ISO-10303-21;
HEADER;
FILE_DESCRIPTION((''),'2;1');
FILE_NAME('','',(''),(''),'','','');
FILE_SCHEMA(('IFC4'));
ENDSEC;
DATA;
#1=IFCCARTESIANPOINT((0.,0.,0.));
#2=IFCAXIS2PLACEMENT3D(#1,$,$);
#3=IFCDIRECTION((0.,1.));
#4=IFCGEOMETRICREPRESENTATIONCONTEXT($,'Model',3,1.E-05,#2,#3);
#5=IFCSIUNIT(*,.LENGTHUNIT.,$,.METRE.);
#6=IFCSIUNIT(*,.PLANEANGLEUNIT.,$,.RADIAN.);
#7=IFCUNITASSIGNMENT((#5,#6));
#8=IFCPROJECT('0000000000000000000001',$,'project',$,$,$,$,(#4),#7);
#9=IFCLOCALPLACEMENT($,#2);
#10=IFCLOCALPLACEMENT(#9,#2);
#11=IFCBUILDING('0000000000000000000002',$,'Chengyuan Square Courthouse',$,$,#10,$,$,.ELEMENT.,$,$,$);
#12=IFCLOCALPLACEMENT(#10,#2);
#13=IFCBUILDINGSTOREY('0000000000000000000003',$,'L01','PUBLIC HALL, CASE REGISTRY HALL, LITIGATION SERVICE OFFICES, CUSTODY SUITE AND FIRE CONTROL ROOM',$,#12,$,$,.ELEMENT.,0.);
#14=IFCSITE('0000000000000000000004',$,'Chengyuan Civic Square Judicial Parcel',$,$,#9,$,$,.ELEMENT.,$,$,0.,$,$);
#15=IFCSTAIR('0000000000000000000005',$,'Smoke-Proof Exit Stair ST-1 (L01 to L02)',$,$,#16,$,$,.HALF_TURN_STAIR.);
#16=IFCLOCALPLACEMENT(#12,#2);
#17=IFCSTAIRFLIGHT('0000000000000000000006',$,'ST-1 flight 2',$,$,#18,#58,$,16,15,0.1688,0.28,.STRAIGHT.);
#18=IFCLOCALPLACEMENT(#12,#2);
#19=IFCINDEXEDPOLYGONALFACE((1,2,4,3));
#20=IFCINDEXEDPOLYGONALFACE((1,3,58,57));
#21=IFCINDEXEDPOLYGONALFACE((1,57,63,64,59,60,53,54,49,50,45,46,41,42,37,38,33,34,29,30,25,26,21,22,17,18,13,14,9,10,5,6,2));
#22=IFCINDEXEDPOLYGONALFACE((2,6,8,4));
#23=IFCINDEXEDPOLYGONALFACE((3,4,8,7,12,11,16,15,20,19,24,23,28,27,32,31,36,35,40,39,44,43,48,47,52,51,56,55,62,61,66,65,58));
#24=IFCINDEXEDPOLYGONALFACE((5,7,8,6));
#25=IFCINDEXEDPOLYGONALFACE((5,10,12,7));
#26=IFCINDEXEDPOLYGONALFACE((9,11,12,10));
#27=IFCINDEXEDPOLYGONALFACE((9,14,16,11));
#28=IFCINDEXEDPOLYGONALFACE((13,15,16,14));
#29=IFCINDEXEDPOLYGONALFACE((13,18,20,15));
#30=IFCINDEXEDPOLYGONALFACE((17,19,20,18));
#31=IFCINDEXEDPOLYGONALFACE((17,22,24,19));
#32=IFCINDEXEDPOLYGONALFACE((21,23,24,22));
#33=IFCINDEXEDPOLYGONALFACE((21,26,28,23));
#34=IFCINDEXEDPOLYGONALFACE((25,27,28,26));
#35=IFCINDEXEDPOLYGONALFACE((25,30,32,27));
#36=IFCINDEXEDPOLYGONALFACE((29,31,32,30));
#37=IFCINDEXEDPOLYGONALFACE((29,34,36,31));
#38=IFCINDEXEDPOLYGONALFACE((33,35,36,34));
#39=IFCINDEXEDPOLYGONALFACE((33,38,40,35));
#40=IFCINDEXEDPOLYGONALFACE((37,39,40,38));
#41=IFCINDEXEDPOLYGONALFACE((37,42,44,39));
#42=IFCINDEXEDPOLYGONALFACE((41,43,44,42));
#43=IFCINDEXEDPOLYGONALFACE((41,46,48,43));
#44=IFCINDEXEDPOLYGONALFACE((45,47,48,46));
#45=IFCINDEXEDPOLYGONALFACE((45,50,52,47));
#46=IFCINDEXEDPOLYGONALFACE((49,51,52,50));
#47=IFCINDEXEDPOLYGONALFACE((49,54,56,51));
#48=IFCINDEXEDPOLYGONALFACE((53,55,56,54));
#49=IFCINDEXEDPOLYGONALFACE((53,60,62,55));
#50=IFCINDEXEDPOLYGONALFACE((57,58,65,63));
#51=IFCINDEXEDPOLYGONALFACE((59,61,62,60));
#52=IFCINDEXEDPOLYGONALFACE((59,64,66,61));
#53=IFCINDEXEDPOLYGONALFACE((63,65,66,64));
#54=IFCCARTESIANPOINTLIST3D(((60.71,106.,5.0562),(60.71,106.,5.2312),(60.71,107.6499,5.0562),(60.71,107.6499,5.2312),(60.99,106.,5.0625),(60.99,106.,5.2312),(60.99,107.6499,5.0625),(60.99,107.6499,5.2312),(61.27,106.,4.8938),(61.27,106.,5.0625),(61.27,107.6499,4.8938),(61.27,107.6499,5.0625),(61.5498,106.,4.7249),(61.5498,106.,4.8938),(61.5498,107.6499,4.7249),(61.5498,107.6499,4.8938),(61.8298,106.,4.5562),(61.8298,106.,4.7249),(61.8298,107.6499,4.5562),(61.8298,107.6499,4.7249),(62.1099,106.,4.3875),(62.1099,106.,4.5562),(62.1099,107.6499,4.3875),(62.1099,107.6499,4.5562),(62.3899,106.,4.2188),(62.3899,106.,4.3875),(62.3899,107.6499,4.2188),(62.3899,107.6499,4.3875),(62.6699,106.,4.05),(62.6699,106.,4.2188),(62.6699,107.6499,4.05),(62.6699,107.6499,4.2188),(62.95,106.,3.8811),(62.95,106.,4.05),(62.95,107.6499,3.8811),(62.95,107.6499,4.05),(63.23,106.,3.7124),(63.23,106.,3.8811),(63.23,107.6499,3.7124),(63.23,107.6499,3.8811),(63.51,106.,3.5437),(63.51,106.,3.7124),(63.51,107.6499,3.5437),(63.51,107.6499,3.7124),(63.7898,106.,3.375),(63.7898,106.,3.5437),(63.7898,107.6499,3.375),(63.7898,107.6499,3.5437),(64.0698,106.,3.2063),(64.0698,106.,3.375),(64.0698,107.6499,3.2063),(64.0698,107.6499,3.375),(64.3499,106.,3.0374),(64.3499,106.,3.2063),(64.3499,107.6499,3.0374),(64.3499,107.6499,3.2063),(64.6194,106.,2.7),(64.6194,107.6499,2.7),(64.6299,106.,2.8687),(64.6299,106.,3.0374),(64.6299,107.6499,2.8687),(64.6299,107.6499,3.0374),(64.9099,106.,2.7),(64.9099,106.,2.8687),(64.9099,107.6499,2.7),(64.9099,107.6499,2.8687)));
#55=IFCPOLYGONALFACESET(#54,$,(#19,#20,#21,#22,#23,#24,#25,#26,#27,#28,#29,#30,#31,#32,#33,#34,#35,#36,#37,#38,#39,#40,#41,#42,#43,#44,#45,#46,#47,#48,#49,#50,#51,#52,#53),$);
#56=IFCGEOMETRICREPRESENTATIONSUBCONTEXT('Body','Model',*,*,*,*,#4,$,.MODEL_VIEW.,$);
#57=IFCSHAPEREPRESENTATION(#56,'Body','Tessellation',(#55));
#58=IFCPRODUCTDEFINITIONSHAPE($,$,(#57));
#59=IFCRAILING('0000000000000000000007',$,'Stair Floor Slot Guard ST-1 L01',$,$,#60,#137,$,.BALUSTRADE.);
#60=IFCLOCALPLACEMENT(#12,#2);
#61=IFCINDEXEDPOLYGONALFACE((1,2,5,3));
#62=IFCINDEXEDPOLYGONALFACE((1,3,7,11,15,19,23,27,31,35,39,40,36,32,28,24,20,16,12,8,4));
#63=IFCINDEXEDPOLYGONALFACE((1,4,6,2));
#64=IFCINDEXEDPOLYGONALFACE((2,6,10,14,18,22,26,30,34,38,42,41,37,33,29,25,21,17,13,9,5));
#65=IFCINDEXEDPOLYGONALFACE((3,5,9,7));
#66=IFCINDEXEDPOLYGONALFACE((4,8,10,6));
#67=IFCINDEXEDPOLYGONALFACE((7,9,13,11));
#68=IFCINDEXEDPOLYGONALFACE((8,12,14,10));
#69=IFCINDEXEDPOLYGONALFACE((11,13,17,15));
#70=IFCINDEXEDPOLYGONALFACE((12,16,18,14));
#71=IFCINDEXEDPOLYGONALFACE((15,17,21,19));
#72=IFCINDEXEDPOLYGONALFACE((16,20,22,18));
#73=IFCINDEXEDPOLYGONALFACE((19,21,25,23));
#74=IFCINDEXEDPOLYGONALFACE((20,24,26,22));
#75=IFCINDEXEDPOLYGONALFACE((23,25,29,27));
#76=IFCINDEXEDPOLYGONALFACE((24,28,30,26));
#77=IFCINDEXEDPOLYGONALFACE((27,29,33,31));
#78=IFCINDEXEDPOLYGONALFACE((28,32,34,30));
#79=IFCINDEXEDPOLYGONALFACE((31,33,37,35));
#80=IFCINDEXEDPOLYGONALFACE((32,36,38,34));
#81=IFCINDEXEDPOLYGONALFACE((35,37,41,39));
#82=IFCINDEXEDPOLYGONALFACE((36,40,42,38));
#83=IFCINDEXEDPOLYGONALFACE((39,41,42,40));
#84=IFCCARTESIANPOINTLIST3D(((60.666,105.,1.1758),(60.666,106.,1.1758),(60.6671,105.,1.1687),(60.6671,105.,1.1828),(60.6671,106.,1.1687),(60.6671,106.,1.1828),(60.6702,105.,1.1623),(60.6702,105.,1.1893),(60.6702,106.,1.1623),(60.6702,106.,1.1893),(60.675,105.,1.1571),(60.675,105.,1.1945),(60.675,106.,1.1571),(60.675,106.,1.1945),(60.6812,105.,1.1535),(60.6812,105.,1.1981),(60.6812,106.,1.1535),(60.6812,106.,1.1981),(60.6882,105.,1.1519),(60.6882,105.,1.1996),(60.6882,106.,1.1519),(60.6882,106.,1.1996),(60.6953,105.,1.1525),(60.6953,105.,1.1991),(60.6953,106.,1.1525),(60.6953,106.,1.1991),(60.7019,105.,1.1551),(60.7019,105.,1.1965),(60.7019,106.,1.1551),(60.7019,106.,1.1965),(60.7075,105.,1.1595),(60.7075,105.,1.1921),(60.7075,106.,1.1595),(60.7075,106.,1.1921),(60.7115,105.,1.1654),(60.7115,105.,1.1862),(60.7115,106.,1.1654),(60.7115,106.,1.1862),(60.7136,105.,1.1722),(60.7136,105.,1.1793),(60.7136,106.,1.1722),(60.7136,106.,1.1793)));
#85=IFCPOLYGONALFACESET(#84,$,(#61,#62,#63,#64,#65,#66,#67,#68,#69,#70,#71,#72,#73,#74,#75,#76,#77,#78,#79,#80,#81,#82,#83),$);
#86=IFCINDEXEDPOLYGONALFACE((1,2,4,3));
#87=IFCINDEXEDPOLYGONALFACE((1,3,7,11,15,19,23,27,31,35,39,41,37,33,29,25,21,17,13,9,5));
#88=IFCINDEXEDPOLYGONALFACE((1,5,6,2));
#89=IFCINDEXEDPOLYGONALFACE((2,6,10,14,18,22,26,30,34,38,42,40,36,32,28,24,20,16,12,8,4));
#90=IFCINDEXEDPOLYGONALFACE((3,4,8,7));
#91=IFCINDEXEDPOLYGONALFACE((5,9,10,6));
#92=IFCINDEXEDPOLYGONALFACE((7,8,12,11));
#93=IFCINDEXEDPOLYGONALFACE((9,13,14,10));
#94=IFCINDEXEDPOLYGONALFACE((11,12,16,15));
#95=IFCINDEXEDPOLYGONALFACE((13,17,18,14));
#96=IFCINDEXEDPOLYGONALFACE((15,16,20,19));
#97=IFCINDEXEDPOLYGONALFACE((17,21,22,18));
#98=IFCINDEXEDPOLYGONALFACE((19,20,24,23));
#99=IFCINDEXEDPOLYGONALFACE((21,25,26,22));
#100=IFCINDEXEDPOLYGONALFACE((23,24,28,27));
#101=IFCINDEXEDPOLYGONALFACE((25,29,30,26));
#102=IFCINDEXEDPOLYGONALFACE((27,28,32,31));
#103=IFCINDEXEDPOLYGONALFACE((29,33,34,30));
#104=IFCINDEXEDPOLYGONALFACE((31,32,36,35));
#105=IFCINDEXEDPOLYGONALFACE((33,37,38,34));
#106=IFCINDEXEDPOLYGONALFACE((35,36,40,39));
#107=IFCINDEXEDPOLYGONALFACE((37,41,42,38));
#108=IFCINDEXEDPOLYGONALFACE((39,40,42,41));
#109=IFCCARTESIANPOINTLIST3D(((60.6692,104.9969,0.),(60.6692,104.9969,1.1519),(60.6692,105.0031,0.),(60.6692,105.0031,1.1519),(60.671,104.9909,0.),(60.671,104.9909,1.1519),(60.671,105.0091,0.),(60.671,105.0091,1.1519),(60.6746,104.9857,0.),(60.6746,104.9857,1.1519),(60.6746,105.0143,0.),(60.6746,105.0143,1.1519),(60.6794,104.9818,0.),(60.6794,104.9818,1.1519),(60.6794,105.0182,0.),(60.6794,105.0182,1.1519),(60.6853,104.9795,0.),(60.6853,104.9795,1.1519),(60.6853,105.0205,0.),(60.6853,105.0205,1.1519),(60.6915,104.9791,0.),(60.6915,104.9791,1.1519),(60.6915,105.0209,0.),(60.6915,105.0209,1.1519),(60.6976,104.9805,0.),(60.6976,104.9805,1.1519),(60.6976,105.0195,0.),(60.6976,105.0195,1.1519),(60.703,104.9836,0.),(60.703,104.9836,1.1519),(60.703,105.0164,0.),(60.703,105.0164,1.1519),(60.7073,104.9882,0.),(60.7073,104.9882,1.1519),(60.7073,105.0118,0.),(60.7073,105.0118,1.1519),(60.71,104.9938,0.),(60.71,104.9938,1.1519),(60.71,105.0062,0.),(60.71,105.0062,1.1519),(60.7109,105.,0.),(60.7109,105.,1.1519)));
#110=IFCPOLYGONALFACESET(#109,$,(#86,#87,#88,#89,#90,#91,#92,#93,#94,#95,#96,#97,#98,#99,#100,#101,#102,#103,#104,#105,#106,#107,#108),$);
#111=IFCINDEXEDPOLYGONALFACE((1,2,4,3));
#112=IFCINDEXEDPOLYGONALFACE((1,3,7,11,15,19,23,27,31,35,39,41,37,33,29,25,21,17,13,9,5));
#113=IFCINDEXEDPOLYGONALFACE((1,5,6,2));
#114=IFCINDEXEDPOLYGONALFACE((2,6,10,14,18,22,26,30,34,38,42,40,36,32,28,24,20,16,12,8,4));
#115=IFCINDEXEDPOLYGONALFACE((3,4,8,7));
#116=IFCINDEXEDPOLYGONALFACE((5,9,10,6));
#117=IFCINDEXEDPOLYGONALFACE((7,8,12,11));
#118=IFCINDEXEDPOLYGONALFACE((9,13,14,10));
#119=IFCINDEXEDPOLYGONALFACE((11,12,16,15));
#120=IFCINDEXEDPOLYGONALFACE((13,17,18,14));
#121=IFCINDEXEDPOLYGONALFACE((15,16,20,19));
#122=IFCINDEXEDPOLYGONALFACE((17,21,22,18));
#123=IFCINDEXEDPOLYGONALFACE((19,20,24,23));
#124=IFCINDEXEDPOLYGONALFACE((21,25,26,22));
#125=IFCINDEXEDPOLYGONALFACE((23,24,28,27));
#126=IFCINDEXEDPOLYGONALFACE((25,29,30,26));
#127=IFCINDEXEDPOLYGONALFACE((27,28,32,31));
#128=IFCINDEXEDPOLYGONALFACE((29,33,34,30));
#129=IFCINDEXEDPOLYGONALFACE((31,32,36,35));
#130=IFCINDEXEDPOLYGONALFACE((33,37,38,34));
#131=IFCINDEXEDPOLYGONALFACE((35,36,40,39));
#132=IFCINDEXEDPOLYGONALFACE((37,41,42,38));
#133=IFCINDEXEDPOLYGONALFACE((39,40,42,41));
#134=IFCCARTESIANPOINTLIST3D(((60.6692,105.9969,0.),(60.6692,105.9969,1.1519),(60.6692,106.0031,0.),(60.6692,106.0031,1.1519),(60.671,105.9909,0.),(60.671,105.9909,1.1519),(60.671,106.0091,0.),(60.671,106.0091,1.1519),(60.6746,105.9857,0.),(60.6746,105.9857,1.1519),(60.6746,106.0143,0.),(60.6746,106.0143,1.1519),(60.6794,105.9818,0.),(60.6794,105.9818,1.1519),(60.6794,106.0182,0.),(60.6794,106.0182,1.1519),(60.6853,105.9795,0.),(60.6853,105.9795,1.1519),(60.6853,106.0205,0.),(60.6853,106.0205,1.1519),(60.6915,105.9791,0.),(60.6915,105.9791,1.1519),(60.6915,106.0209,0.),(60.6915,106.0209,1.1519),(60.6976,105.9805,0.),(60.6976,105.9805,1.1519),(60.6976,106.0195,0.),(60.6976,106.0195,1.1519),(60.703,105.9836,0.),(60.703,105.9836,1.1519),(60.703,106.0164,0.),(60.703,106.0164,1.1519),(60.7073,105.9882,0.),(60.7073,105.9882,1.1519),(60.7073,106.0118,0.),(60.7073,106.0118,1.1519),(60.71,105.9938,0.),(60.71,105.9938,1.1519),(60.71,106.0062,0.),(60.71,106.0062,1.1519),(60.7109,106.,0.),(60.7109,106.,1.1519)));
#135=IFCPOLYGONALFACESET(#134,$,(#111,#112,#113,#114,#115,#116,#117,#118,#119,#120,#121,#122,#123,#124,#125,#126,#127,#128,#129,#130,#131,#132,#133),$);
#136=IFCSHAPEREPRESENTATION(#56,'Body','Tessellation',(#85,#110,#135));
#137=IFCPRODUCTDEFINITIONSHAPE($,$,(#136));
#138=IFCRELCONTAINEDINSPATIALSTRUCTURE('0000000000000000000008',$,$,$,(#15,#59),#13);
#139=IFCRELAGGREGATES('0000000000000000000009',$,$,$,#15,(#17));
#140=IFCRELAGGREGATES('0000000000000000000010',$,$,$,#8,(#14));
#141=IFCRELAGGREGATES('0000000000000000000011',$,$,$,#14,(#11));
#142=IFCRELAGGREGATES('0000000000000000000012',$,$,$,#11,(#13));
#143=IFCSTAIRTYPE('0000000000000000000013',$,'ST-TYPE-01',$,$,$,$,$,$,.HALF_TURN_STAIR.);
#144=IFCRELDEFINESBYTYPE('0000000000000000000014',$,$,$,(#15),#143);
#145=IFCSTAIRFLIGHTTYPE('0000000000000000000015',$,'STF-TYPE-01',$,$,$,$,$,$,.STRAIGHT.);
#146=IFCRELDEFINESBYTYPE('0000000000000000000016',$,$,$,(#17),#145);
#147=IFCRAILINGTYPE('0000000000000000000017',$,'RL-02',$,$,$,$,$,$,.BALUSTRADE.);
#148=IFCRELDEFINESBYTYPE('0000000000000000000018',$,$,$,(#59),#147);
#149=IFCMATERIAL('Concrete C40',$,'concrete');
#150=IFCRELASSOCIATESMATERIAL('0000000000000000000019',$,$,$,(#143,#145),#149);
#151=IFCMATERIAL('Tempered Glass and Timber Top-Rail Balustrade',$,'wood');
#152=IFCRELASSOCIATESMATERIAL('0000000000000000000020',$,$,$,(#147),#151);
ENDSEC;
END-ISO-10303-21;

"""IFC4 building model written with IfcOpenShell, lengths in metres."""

from ifc_helpers import new_model, si_unit, direction, frame, origin, origin_2d, place, context, subcontext, project, spatial, polyline, circle, outline, extrude, material, type_object, element, aggregate, save


model = new_model("IFC4")

# Units and contexts
model_context = context("Model", 3, precision=1e-05, world=origin(), true_north=direction((0.0, 1.0)))
body_context = subcontext(model_context, "Body", "Model", "MODEL_VIEW")
ifc_project = project(units=[si_unit("LENGTHUNIT", "METRE"), si_unit("PLANEANGLEUNIT", "RADIAN")], contexts=[model_context])

# Site, building, storey
site_placement = place(None, origin())
site = spatial("IfcSite", under=ifc_project, at=site_placement, Name="Chengyuan Civic Square Judicial Parcel", CompositionType="ELEMENT", RefElevation=0.0)
building_placement = place(site_placement, origin())
building = spatial("IfcBuilding", under=site, at=building_placement, Name="Chengyuan Square Courthouse", CompositionType="ELEMENT")
storey_placement = place(building_placement, origin())
storey = spatial("IfcBuildingStorey", under=building, at=storey_placement, Name="L01", Description="PUBLIC HALL, CASE REGISTRY HALL, LITIGATION SERVICE OFFICES, CUSTODY SUITE AND FIRE CONTROL ROOM", CompositionType="ELEMENT", Elevation=0.0)

# Shared definitions
ifc_material_1 = material(Name="Concrete C40", Category="concrete")

# Stair, stair flight
stair_type = type_object("IfcStairType", Name="ST-TYPE-01", PredefinedType="HALF_TURN_STAIR", material=ifc_material_1)
stair_placement = place(storey_placement, origin())
stair = element("IfcStair", 1, at=stair_placement, inside=storey, type_object=stair_type, Name="Smoke-Proof Exit Stair ST-1 (L01 to L02)", PredefinedType="HALF_TURN_STAIR")
stair_flight_type = type_object("IfcStairFlightType", Name="STF-TYPE-01", PredefinedType="STRAIGHT", material=ifc_material_1)
stair_flight_placement = place(storey_placement, frame((64.9099, 106.825, 2.7), z_axis=(0.0, 0.0, 1.0), x_axis=(-1.0, 0.0, 0.0)))
stair_flight = element("IfcStairFlight", 2, at=stair_flight_placement, type_object=stair_flight_type, Name="ST-1 flight 2", NumberOfRisers=16, NumberOfTreads=15, PredefinedType="STRAIGHT", RiserHeight=0.1688, TreadLength=0.28, context=body_context, shape_type="SweptSolid", body=[
    extrude(outline(polyline([(0.0, 0.0), (0.0, 0.1687), (0.28, 0.1687), (0.28, 0.3374), (0.5601, 0.3374), (0.5601, 0.5063), (0.8401, 0.5063), (0.8401, 0.675), (1.1201, 0.675), (1.1201, 0.8438), (1.3999, 0.8438), (1.3999, 1.0125), (1.6799, 1.0125), (1.6799, 1.1812), (1.96, 1.1812), (1.96, 1.3501), (2.24, 1.3501), (2.24, 1.5188), (2.52, 1.5188), (2.52, 1.6875), (2.8, 1.6875), (2.8, 1.8562), (3.0801, 1.8562), (3.0801, 2.0249), (3.3601, 2.0249), (3.3601, 2.1938), (3.6399, 2.1938), (3.6399, 2.3625), (3.9199, 2.3625), (3.9199, 2.5312), (4.2, 2.5312), (4.2, 2.7), (4.2, 2.3562), (0.2905, 0.0), (0.0, 0.0)])), frame((0.0, 0.825, 0.0), z_axis=(0.0, -1.0, 0.0), x_axis=(1.0, 0.0, 0.0)), (0.0, 0.0, 1.0), 1.6499),
])
aggregate(stair, [stair_flight])

# Railing
ifc_material_2 = material(Name="Tempered Glass and Timber Top-Rail Balustrade", Category="wood")
railing_type_1 = type_object("IfcRailingType", Name="RL-02", PredefinedType="BALUSTRADE", material=ifc_material_2)
for number, where, name in (
    (3, (60.6899, 105.0, 0.0), "Stair Floor Slot Guard ST-1 L01"),
):
    element("IfcRailing", number, at=place(storey_placement, frame(where)), inside=storey, type_object=railing_type_1, Name=name, PredefinedType="BALUSTRADE", context=body_context, shape_type="SweptSolid", body=[
        extrude(circle(Radius=0.0239, at=origin_2d()), frame((0.0, 0.0, 1.1758), z_axis=(0.0, 1.0, 0.0), x_axis=(-1.0, 0.0, 0.0)), (0.0, 0.0, 1.0), 1.0),
        extrude(circle(Radius=0.021, at=origin_2d()), origin(), (0.0, 0.0, 1.0), 1.1519),
        extrude(circle(Radius=0.021, at=origin_2d()), frame((0.0, 1.0, 0.0)), (0.0, 0.0, 1.0), 1.1519),
    ])

save(model, "model.ifc")
